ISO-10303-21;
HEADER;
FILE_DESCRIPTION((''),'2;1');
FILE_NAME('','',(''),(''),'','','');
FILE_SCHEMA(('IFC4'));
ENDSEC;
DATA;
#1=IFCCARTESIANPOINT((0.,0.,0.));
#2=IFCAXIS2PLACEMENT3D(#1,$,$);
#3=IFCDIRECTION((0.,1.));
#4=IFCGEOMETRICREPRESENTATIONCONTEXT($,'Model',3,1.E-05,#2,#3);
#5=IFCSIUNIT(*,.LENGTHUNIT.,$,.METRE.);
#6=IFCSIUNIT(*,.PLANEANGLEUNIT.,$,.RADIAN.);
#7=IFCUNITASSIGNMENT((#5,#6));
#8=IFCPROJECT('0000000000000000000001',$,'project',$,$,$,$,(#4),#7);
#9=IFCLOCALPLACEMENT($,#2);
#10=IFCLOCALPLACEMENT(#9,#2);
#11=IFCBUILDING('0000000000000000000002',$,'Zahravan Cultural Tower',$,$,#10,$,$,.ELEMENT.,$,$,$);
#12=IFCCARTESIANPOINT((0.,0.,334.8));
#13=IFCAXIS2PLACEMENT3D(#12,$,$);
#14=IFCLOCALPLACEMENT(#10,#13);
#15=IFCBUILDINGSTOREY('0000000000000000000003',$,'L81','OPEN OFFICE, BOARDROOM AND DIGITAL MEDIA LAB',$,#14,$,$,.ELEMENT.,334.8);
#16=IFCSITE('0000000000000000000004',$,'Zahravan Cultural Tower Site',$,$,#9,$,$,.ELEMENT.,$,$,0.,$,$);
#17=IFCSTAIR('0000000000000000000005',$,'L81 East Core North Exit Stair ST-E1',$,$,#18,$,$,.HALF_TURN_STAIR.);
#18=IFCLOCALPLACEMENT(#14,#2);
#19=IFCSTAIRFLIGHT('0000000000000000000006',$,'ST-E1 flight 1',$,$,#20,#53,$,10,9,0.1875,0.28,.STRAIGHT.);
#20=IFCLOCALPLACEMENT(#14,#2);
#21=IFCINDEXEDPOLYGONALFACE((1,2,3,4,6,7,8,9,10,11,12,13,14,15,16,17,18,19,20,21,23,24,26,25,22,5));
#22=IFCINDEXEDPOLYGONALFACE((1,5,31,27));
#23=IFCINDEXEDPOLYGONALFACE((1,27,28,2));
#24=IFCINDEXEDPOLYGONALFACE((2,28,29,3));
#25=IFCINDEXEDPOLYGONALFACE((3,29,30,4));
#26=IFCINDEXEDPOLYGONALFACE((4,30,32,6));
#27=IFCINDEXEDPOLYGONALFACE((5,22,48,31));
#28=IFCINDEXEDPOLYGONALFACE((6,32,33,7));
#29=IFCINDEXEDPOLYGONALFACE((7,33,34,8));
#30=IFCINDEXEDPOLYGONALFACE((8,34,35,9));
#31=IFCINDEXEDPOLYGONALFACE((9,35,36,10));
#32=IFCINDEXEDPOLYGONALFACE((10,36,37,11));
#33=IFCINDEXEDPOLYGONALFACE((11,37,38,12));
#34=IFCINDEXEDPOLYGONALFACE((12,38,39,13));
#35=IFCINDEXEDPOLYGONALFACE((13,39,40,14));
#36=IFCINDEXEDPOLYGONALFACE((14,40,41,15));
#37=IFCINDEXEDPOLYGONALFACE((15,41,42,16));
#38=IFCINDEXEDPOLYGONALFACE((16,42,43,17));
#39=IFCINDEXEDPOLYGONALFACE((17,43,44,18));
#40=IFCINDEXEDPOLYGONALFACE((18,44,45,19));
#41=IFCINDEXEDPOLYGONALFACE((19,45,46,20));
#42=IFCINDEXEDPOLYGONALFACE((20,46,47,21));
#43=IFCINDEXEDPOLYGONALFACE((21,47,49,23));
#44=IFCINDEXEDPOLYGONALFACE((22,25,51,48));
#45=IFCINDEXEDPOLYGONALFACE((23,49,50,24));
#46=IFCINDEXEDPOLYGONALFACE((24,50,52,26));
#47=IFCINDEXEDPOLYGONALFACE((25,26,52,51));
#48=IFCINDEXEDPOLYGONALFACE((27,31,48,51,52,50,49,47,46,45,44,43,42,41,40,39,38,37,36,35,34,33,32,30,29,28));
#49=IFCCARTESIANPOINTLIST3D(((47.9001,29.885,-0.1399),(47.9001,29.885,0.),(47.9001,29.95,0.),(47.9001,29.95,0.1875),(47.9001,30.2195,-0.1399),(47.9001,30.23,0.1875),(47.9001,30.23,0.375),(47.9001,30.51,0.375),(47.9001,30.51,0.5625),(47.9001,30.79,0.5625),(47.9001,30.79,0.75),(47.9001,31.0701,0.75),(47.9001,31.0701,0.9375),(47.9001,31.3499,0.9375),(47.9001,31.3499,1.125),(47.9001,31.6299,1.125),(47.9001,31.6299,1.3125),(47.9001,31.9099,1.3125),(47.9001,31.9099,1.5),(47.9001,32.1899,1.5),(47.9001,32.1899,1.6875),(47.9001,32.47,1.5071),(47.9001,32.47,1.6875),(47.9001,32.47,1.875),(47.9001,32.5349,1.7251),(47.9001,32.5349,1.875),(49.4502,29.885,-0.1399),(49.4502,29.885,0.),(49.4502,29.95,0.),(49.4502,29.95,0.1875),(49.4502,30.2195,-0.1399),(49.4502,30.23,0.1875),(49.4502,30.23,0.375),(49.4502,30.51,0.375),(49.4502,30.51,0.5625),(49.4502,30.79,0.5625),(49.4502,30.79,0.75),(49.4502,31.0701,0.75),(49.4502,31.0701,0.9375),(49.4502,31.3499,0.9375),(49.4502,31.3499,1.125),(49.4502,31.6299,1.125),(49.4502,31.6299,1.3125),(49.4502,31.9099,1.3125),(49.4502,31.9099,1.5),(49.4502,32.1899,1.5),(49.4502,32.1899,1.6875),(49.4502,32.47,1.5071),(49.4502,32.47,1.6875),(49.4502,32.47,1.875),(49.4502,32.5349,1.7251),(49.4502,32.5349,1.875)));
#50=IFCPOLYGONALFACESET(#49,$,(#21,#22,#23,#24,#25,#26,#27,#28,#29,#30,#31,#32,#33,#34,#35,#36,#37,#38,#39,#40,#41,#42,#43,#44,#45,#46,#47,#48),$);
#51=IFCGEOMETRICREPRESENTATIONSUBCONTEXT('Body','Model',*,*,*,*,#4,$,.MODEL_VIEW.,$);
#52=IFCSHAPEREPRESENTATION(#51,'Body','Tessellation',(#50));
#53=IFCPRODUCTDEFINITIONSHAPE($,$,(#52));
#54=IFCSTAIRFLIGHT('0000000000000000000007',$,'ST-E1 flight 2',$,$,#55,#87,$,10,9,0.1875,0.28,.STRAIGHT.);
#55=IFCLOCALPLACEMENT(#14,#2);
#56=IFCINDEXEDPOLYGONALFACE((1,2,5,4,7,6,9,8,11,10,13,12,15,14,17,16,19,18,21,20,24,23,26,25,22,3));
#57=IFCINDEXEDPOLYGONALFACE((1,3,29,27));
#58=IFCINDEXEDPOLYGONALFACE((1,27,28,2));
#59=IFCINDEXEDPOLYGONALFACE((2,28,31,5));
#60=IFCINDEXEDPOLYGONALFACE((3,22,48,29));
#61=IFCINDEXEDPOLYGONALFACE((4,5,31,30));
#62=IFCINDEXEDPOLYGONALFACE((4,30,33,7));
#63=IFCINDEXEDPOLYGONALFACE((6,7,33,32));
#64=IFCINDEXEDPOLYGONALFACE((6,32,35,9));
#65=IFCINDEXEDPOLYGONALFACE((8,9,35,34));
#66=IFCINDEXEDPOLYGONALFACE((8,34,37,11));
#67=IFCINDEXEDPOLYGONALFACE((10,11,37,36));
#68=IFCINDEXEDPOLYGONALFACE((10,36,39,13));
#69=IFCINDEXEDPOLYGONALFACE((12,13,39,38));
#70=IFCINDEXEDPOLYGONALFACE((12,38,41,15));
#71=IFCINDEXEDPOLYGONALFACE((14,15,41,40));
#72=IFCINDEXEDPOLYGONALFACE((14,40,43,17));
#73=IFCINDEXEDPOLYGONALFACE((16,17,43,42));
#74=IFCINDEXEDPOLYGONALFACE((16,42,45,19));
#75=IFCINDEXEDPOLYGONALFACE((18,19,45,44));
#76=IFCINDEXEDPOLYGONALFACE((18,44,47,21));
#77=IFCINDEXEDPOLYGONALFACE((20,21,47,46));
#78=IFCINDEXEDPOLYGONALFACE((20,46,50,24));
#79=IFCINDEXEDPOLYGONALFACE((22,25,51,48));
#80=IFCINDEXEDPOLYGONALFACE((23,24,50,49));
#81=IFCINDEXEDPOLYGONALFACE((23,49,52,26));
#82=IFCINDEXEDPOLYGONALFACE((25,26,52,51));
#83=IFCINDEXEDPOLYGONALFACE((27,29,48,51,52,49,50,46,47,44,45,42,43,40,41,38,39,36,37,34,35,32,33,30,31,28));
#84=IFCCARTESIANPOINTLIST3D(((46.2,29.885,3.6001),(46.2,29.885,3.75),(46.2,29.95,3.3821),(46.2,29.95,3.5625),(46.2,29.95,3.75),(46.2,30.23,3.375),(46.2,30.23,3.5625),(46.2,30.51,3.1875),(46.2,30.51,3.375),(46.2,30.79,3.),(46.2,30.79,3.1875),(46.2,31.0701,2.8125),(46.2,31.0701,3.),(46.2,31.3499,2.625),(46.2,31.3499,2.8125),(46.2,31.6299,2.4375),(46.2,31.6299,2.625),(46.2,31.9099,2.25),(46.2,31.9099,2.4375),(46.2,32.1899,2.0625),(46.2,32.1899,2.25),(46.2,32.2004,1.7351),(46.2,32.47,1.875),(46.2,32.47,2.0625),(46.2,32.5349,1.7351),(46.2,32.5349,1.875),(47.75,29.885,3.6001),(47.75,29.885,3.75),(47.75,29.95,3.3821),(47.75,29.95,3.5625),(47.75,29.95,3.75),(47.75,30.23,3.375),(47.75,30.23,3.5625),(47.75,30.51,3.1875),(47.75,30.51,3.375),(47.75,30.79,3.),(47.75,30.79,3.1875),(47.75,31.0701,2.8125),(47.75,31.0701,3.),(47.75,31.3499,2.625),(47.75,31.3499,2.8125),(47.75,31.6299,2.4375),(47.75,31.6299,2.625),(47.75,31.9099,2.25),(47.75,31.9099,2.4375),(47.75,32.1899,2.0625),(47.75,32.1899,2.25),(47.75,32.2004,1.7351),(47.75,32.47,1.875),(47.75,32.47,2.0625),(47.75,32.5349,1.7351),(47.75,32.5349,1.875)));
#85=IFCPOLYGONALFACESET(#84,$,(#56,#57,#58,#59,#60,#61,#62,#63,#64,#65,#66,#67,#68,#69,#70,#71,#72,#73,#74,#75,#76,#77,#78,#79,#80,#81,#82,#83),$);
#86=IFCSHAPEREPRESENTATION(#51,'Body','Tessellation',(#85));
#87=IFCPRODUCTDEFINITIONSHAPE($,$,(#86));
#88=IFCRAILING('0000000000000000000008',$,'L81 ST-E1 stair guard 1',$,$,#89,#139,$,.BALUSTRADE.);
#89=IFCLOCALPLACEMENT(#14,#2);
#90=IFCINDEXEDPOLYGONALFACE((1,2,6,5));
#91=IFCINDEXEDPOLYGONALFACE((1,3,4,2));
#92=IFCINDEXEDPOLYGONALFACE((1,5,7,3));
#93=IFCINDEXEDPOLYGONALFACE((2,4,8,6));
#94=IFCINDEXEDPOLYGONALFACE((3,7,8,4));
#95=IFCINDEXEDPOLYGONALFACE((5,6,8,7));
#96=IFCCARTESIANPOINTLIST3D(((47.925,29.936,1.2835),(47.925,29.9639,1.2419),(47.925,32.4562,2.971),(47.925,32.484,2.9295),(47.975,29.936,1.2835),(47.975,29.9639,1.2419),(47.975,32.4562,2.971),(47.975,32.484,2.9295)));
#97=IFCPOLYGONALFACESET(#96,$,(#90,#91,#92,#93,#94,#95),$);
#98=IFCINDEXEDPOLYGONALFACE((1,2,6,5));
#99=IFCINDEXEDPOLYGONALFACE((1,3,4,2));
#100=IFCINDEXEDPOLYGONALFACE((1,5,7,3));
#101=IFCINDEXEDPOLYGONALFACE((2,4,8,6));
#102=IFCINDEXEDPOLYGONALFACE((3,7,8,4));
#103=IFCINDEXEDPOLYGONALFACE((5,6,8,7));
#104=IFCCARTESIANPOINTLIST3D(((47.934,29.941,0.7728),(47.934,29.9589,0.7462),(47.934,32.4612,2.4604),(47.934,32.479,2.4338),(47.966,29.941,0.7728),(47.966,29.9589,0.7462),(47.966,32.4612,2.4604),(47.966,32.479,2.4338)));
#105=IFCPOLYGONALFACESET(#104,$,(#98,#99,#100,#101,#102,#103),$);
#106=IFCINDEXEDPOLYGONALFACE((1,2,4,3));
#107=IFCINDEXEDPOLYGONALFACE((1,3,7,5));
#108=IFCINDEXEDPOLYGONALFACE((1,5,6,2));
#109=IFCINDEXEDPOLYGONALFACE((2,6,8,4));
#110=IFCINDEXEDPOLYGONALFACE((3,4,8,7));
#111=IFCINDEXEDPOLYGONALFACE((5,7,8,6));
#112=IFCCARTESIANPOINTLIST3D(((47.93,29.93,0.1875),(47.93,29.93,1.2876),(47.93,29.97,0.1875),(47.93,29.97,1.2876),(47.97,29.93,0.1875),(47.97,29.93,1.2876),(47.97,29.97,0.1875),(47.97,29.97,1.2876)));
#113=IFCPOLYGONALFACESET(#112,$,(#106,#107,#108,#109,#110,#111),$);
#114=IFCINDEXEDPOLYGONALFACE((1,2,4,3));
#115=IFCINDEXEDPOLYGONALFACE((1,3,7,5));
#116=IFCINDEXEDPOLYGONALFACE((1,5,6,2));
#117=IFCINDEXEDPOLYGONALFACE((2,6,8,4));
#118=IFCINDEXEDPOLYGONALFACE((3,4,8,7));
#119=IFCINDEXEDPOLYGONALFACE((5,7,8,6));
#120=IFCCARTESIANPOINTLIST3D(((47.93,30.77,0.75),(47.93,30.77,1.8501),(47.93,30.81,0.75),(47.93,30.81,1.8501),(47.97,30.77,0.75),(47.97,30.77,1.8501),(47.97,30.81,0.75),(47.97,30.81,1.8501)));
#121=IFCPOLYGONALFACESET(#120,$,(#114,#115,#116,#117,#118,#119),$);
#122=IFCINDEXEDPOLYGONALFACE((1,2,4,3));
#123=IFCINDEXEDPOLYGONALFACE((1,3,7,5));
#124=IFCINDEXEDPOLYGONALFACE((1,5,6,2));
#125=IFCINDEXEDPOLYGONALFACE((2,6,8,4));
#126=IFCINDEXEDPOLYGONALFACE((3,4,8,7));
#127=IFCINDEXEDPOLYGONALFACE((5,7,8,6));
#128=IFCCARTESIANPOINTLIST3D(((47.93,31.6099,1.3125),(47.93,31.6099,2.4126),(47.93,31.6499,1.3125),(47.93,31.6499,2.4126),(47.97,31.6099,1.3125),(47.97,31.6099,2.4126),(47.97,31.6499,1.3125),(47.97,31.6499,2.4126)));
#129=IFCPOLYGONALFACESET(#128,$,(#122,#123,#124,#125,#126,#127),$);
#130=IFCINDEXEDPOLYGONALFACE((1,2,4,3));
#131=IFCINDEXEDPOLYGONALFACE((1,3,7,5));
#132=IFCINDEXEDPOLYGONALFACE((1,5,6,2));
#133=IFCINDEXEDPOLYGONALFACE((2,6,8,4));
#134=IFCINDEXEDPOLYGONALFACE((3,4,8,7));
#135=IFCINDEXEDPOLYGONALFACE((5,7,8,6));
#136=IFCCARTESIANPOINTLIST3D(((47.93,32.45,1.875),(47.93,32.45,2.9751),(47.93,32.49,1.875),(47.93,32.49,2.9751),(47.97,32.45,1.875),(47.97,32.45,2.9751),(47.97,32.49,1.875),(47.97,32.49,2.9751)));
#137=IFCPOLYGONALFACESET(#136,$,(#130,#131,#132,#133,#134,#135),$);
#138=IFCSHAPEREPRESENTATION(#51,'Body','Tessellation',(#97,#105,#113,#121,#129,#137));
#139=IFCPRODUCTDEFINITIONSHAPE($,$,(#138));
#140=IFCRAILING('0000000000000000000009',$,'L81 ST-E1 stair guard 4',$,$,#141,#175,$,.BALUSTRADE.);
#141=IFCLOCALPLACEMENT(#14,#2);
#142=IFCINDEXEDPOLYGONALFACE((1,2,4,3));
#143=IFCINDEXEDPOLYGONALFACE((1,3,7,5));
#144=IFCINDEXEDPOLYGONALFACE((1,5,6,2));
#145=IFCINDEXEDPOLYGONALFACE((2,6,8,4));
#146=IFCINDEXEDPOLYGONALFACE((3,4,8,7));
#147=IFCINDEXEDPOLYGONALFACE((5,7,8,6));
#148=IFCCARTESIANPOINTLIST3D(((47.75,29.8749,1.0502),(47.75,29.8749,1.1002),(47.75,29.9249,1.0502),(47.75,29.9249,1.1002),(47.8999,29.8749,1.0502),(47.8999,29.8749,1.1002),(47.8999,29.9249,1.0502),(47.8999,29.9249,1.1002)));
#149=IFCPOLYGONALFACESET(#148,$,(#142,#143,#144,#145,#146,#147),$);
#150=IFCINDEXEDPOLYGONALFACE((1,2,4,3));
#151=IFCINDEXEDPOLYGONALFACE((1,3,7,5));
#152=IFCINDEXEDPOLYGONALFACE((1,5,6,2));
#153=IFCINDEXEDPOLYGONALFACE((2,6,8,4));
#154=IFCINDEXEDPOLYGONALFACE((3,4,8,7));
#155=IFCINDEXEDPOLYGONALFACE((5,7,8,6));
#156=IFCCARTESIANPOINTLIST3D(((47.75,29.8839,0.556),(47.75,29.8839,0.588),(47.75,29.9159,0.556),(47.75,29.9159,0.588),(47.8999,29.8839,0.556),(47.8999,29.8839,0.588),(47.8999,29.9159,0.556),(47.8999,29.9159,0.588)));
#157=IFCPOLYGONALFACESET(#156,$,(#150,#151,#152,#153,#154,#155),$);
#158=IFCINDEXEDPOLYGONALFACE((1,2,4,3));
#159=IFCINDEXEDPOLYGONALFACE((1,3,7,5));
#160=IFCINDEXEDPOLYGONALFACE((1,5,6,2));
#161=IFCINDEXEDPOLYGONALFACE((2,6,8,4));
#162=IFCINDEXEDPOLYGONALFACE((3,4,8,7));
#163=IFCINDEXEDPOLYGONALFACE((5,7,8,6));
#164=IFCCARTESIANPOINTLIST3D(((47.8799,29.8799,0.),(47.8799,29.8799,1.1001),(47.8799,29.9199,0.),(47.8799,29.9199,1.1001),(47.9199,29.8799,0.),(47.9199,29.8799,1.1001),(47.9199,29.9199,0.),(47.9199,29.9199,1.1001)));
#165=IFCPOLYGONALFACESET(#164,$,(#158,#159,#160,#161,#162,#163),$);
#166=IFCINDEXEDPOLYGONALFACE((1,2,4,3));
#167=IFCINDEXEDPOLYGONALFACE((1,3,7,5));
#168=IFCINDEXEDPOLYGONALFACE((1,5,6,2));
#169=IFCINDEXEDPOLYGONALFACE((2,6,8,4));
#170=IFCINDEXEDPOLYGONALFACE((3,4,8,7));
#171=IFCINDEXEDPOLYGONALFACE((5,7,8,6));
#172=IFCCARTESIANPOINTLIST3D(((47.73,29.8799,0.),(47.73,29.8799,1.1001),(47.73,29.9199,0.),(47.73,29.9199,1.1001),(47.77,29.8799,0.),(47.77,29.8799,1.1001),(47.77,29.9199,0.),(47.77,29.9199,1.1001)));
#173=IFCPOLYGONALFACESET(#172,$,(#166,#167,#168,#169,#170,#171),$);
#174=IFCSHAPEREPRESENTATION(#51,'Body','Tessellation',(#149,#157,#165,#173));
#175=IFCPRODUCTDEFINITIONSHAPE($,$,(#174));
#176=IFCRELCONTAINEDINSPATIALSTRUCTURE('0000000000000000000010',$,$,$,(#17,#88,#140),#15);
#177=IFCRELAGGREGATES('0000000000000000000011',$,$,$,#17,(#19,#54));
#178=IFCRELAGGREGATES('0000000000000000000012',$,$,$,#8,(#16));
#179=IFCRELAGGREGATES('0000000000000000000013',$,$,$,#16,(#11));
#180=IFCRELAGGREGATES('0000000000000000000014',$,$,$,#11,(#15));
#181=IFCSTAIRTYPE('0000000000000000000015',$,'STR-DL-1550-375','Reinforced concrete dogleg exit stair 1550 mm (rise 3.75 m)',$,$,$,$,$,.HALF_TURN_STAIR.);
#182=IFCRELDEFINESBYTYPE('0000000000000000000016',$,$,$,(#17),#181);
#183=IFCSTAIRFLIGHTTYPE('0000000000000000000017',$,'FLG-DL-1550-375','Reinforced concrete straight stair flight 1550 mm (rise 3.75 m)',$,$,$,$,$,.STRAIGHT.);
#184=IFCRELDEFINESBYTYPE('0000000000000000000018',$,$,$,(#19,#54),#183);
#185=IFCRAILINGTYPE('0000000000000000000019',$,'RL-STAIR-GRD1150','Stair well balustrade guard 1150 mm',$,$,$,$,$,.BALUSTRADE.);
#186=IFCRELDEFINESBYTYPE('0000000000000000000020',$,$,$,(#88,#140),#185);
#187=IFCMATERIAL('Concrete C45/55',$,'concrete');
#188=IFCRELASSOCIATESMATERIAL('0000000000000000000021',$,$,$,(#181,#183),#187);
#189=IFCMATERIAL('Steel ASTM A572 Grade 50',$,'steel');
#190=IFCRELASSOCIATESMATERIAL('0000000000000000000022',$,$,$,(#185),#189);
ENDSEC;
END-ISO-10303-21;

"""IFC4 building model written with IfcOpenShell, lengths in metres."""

from ifc_helpers import new_model, si_unit, direction, frame, origin, origin_2d, place, context, subcontext, project, spatial, polyline, rectangle, outline, extrude, material, type_object, element, aggregate, save


model = new_model("IFC4")

# Units and contexts
model_context = context("Model", 3, precision=1e-05, world=origin(), true_north=direction((0.0, 1.0)))
body_context = subcontext(model_context, "Body", "Model", "MODEL_VIEW")
ifc_project = project(units=[si_unit("LENGTHUNIT", "METRE"), si_unit("PLANEANGLEUNIT", "RADIAN")], contexts=[model_context])

# Site, building, storey
site_placement = place(None, origin())
site = spatial("IfcSite", under=ifc_project, at=site_placement, Name="Zahravan Cultural Tower Site", CompositionType="ELEMENT", RefElevation=0.0)
building_placement = place(site_placement, origin())
building = spatial("IfcBuilding", under=site, at=building_placement, Name="Zahravan Cultural Tower", CompositionType="ELEMENT")
storey_placement = place(building_placement, frame((0.0, 0.0, 334.8)))
storey = spatial("IfcBuildingStorey", under=building, at=storey_placement, Name="L81", Description="OPEN OFFICE, BOARDROOM AND DIGITAL MEDIA LAB", CompositionType="ELEMENT", Elevation=334.8)

# Stair, stair flights
ifc_material_1 = material(Name="Concrete C45/55", Category="concrete")
stair_type = type_object("IfcStairType", Name="STR-DL-1550-375", Description="Reinforced concrete dogleg exit stair 1550 mm (rise 3.75 m)", PredefinedType="HALF_TURN_STAIR", material=ifc_material_1)
stair_placement = place(storey_placement, origin())
stair = element("IfcStair", 1, at=stair_placement, inside=storey, type_object=stair_type, Name="L81 East Core North Exit Stair ST-E1", PredefinedType="HALF_TURN_STAIR")
stair_flight_type = type_object("IfcStairFlightType", Name="FLG-DL-1550-375", Description="Reinforced concrete straight stair flight 1550 mm (rise 3.75 m)", PredefinedType="STRAIGHT", material=ifc_material_1)
stair_flight_1_placement = place(storey_placement, frame((48.675, 29.95, 0.0), z_axis=(0.0, 0.0, 1.0), x_axis=(0.0, 1.0, 0.0)))
stair_flight_1 = element("IfcStairFlight", 2, at=stair_flight_1_placement, type_object=stair_flight_type, Name="ST-E1 flight 1", NumberOfRisers=10, NumberOfTreads=9, PredefinedType="STRAIGHT", RiserHeight=0.1875, TreadLength=0.28, context=body_context, shape_type="SweptSolid", body=[
    extrude(outline(polyline([(-0.0649, -0.1399), (-0.0649, 0.0), (0.0, 0.0), (0.0, 0.1875), (0.28, 0.1875), (0.28, 0.375), (0.5601, 0.375), (0.5601, 0.5625), (0.8401, 0.5625), (0.8401, 0.75), (1.1201, 0.75), (1.1201, 0.9375), (1.3999, 0.9375), (1.3999, 1.125), (1.6799, 1.125), (1.6799, 1.3125), (1.96, 1.3125), (1.96, 1.5), (2.24, 1.5), (2.24, 1.6875), (2.52, 1.6875), (2.52, 1.875), (2.585, 1.875), (2.585, 1.7251), (2.52, 1.5071), (0.2695, -0.1399), (-0.0649, -0.1399)])), frame((0.0, 0.7749, 0.0), z_axis=(0.0, -1.0, 0.0), x_axis=(1.0, 0.0, 0.0)), (0.0, 0.0, 1.0), 1.55),
])
stair_flight_2_placement = place(storey_placement, frame((46.9751, 32.47, 1.875), z_axis=(0.0, 0.0, 1.0), x_axis=(0.0, -1.0, 0.0)))
stair_flight_2 = element("IfcStairFlight", 3, at=stair_flight_2_placement, type_object=stair_flight_type, Name="ST-E1 flight 2", NumberOfRisers=10, NumberOfTreads=9, PredefinedType="STRAIGHT", RiserHeight=0.1875, TreadLength=0.28, context=body_context, shape_type="SweptSolid", body=[
    extrude(outline(polyline([(-0.0649, -0.1399), (-0.0649, 0.0), (0.0, 0.0), (0.0, 0.1875), (0.28, 0.1875), (0.28, 0.375), (0.5601, 0.375), (0.5601, 0.5625), (0.8401, 0.5625), (0.8401, 0.75), (1.1201, 0.75), (1.1201, 0.9375), (1.3999, 0.9375), (1.3999, 1.125), (1.6799, 1.125), (1.6799, 1.3125), (1.96, 1.3125), (1.96, 1.5), (2.24, 1.5), (2.24, 1.6875), (2.52, 1.6875), (2.52, 1.875), (2.585, 1.875), (2.585, 1.7251), (2.52, 1.5071), (0.2695, -0.1399), (-0.0649, -0.1399)])), frame((0.0, 0.7749, 0.0), z_axis=(0.0, -1.0, 0.0), x_axis=(1.0, 0.0, 0.0)), (0.0, 0.0, 1.0), 1.55),
])
aggregate(stair, [stair_flight_1, stair_flight_2])

# Railings
ifc_material_2 = material(Name="Steel ASTM A572 Grade 50", Category="steel")
railing_type_1 = type_object("IfcRailingType", Name="RL-STAIR-GRD1150", Description="Stair well balustrade guard 1150 mm", PredefinedType="BALUSTRADE", material=ifc_material_2)
railing_1_placement = place(storey_placement, frame((47.95, 29.95, 0.1875)))
element("IfcRailing", 4, at=railing_1_placement, inside=storey, type_object=railing_type_1, Name="L81 ST-E1 stair guard 1", PredefinedType="BALUSTRADE", context=body_context, shape_type="SweptSolid", body=[
    extrude(rectangle(XDim=0.05, YDim=0.05, at=origin_2d()), frame((0.0, 0.0, 1.0752), z_axis=(0.0, 0.830909, 0.556408), x_axis=(-1.0, 0.0, 0.0)), (0.0, 0.0, 1.0), 3.033),
    extrude(rectangle(XDim=0.032, YDim=0.032, at=origin_2d()), frame((0.0, 0.0, 0.572), z_axis=(0.0, 0.830909, 0.556408), x_axis=(-1.0, 0.0, 0.0)), (0.0, 0.0, 1.0), 3.033),
    extrude(rectangle(XDim=0.04, YDim=0.04, at=origin_2d()), origin(), (0.0, 0.0, 1.0), 1.1001),
    extrude(rectangle(XDim=0.04, YDim=0.04, at=origin_2d()), frame((0.0, 0.8401, 0.5625)), (0.0, 0.0, 1.0), 1.1001),
    extrude(rectangle(XDim=0.04, YDim=0.04, at=origin_2d()), frame((0.0, 1.6799, 1.125)), (0.0, 0.0, 1.0), 1.1001),
    extrude(rectangle(XDim=0.04, YDim=0.04, at=origin_2d()), frame((0.0, 2.52, 1.6875)), (0.0, 0.0, 1.0), 1.1001),
])
railing_2_placement = place(storey_placement, frame((47.8999, 29.8999, 0.0)))
element("IfcRailing", 5, at=railing_2_placement, inside=storey, type_object=railing_type_1, Name="L81 ST-E1 stair guard 4", PredefinedType="BALUSTRADE", context=body_context, shape_type="SweptSolid", body=[
    extrude(rectangle(XDim=0.05, YDim=0.05, at=origin_2d()), frame((0.0, 0.0, 1.0752), z_axis=(-1.0, 0.0, 0.0), x_axis=(0.0, -1.0, 0.0)), (0.0, 0.0, 1.0), 0.1499),
    extrude(rectangle(XDim=0.032, YDim=0.032, at=origin_2d()), frame((0.0, 0.0, 0.572), z_axis=(-1.0, 0.0, 0.0), x_axis=(0.0, -1.0, 0.0)), (0.0, 0.0, 1.0), 0.1499),
    extrude(rectangle(XDim=0.04, YDim=0.04, at=origin_2d()), origin(), (0.0, 0.0, 1.0), 1.1001),
    extrude(rectangle(XDim=0.04, YDim=0.04, at=origin_2d()), frame((-0.1499, 0.0, 0.0)), (0.0, 0.0, 1.0), 1.1001),
])

save(model, "model.ifc")
